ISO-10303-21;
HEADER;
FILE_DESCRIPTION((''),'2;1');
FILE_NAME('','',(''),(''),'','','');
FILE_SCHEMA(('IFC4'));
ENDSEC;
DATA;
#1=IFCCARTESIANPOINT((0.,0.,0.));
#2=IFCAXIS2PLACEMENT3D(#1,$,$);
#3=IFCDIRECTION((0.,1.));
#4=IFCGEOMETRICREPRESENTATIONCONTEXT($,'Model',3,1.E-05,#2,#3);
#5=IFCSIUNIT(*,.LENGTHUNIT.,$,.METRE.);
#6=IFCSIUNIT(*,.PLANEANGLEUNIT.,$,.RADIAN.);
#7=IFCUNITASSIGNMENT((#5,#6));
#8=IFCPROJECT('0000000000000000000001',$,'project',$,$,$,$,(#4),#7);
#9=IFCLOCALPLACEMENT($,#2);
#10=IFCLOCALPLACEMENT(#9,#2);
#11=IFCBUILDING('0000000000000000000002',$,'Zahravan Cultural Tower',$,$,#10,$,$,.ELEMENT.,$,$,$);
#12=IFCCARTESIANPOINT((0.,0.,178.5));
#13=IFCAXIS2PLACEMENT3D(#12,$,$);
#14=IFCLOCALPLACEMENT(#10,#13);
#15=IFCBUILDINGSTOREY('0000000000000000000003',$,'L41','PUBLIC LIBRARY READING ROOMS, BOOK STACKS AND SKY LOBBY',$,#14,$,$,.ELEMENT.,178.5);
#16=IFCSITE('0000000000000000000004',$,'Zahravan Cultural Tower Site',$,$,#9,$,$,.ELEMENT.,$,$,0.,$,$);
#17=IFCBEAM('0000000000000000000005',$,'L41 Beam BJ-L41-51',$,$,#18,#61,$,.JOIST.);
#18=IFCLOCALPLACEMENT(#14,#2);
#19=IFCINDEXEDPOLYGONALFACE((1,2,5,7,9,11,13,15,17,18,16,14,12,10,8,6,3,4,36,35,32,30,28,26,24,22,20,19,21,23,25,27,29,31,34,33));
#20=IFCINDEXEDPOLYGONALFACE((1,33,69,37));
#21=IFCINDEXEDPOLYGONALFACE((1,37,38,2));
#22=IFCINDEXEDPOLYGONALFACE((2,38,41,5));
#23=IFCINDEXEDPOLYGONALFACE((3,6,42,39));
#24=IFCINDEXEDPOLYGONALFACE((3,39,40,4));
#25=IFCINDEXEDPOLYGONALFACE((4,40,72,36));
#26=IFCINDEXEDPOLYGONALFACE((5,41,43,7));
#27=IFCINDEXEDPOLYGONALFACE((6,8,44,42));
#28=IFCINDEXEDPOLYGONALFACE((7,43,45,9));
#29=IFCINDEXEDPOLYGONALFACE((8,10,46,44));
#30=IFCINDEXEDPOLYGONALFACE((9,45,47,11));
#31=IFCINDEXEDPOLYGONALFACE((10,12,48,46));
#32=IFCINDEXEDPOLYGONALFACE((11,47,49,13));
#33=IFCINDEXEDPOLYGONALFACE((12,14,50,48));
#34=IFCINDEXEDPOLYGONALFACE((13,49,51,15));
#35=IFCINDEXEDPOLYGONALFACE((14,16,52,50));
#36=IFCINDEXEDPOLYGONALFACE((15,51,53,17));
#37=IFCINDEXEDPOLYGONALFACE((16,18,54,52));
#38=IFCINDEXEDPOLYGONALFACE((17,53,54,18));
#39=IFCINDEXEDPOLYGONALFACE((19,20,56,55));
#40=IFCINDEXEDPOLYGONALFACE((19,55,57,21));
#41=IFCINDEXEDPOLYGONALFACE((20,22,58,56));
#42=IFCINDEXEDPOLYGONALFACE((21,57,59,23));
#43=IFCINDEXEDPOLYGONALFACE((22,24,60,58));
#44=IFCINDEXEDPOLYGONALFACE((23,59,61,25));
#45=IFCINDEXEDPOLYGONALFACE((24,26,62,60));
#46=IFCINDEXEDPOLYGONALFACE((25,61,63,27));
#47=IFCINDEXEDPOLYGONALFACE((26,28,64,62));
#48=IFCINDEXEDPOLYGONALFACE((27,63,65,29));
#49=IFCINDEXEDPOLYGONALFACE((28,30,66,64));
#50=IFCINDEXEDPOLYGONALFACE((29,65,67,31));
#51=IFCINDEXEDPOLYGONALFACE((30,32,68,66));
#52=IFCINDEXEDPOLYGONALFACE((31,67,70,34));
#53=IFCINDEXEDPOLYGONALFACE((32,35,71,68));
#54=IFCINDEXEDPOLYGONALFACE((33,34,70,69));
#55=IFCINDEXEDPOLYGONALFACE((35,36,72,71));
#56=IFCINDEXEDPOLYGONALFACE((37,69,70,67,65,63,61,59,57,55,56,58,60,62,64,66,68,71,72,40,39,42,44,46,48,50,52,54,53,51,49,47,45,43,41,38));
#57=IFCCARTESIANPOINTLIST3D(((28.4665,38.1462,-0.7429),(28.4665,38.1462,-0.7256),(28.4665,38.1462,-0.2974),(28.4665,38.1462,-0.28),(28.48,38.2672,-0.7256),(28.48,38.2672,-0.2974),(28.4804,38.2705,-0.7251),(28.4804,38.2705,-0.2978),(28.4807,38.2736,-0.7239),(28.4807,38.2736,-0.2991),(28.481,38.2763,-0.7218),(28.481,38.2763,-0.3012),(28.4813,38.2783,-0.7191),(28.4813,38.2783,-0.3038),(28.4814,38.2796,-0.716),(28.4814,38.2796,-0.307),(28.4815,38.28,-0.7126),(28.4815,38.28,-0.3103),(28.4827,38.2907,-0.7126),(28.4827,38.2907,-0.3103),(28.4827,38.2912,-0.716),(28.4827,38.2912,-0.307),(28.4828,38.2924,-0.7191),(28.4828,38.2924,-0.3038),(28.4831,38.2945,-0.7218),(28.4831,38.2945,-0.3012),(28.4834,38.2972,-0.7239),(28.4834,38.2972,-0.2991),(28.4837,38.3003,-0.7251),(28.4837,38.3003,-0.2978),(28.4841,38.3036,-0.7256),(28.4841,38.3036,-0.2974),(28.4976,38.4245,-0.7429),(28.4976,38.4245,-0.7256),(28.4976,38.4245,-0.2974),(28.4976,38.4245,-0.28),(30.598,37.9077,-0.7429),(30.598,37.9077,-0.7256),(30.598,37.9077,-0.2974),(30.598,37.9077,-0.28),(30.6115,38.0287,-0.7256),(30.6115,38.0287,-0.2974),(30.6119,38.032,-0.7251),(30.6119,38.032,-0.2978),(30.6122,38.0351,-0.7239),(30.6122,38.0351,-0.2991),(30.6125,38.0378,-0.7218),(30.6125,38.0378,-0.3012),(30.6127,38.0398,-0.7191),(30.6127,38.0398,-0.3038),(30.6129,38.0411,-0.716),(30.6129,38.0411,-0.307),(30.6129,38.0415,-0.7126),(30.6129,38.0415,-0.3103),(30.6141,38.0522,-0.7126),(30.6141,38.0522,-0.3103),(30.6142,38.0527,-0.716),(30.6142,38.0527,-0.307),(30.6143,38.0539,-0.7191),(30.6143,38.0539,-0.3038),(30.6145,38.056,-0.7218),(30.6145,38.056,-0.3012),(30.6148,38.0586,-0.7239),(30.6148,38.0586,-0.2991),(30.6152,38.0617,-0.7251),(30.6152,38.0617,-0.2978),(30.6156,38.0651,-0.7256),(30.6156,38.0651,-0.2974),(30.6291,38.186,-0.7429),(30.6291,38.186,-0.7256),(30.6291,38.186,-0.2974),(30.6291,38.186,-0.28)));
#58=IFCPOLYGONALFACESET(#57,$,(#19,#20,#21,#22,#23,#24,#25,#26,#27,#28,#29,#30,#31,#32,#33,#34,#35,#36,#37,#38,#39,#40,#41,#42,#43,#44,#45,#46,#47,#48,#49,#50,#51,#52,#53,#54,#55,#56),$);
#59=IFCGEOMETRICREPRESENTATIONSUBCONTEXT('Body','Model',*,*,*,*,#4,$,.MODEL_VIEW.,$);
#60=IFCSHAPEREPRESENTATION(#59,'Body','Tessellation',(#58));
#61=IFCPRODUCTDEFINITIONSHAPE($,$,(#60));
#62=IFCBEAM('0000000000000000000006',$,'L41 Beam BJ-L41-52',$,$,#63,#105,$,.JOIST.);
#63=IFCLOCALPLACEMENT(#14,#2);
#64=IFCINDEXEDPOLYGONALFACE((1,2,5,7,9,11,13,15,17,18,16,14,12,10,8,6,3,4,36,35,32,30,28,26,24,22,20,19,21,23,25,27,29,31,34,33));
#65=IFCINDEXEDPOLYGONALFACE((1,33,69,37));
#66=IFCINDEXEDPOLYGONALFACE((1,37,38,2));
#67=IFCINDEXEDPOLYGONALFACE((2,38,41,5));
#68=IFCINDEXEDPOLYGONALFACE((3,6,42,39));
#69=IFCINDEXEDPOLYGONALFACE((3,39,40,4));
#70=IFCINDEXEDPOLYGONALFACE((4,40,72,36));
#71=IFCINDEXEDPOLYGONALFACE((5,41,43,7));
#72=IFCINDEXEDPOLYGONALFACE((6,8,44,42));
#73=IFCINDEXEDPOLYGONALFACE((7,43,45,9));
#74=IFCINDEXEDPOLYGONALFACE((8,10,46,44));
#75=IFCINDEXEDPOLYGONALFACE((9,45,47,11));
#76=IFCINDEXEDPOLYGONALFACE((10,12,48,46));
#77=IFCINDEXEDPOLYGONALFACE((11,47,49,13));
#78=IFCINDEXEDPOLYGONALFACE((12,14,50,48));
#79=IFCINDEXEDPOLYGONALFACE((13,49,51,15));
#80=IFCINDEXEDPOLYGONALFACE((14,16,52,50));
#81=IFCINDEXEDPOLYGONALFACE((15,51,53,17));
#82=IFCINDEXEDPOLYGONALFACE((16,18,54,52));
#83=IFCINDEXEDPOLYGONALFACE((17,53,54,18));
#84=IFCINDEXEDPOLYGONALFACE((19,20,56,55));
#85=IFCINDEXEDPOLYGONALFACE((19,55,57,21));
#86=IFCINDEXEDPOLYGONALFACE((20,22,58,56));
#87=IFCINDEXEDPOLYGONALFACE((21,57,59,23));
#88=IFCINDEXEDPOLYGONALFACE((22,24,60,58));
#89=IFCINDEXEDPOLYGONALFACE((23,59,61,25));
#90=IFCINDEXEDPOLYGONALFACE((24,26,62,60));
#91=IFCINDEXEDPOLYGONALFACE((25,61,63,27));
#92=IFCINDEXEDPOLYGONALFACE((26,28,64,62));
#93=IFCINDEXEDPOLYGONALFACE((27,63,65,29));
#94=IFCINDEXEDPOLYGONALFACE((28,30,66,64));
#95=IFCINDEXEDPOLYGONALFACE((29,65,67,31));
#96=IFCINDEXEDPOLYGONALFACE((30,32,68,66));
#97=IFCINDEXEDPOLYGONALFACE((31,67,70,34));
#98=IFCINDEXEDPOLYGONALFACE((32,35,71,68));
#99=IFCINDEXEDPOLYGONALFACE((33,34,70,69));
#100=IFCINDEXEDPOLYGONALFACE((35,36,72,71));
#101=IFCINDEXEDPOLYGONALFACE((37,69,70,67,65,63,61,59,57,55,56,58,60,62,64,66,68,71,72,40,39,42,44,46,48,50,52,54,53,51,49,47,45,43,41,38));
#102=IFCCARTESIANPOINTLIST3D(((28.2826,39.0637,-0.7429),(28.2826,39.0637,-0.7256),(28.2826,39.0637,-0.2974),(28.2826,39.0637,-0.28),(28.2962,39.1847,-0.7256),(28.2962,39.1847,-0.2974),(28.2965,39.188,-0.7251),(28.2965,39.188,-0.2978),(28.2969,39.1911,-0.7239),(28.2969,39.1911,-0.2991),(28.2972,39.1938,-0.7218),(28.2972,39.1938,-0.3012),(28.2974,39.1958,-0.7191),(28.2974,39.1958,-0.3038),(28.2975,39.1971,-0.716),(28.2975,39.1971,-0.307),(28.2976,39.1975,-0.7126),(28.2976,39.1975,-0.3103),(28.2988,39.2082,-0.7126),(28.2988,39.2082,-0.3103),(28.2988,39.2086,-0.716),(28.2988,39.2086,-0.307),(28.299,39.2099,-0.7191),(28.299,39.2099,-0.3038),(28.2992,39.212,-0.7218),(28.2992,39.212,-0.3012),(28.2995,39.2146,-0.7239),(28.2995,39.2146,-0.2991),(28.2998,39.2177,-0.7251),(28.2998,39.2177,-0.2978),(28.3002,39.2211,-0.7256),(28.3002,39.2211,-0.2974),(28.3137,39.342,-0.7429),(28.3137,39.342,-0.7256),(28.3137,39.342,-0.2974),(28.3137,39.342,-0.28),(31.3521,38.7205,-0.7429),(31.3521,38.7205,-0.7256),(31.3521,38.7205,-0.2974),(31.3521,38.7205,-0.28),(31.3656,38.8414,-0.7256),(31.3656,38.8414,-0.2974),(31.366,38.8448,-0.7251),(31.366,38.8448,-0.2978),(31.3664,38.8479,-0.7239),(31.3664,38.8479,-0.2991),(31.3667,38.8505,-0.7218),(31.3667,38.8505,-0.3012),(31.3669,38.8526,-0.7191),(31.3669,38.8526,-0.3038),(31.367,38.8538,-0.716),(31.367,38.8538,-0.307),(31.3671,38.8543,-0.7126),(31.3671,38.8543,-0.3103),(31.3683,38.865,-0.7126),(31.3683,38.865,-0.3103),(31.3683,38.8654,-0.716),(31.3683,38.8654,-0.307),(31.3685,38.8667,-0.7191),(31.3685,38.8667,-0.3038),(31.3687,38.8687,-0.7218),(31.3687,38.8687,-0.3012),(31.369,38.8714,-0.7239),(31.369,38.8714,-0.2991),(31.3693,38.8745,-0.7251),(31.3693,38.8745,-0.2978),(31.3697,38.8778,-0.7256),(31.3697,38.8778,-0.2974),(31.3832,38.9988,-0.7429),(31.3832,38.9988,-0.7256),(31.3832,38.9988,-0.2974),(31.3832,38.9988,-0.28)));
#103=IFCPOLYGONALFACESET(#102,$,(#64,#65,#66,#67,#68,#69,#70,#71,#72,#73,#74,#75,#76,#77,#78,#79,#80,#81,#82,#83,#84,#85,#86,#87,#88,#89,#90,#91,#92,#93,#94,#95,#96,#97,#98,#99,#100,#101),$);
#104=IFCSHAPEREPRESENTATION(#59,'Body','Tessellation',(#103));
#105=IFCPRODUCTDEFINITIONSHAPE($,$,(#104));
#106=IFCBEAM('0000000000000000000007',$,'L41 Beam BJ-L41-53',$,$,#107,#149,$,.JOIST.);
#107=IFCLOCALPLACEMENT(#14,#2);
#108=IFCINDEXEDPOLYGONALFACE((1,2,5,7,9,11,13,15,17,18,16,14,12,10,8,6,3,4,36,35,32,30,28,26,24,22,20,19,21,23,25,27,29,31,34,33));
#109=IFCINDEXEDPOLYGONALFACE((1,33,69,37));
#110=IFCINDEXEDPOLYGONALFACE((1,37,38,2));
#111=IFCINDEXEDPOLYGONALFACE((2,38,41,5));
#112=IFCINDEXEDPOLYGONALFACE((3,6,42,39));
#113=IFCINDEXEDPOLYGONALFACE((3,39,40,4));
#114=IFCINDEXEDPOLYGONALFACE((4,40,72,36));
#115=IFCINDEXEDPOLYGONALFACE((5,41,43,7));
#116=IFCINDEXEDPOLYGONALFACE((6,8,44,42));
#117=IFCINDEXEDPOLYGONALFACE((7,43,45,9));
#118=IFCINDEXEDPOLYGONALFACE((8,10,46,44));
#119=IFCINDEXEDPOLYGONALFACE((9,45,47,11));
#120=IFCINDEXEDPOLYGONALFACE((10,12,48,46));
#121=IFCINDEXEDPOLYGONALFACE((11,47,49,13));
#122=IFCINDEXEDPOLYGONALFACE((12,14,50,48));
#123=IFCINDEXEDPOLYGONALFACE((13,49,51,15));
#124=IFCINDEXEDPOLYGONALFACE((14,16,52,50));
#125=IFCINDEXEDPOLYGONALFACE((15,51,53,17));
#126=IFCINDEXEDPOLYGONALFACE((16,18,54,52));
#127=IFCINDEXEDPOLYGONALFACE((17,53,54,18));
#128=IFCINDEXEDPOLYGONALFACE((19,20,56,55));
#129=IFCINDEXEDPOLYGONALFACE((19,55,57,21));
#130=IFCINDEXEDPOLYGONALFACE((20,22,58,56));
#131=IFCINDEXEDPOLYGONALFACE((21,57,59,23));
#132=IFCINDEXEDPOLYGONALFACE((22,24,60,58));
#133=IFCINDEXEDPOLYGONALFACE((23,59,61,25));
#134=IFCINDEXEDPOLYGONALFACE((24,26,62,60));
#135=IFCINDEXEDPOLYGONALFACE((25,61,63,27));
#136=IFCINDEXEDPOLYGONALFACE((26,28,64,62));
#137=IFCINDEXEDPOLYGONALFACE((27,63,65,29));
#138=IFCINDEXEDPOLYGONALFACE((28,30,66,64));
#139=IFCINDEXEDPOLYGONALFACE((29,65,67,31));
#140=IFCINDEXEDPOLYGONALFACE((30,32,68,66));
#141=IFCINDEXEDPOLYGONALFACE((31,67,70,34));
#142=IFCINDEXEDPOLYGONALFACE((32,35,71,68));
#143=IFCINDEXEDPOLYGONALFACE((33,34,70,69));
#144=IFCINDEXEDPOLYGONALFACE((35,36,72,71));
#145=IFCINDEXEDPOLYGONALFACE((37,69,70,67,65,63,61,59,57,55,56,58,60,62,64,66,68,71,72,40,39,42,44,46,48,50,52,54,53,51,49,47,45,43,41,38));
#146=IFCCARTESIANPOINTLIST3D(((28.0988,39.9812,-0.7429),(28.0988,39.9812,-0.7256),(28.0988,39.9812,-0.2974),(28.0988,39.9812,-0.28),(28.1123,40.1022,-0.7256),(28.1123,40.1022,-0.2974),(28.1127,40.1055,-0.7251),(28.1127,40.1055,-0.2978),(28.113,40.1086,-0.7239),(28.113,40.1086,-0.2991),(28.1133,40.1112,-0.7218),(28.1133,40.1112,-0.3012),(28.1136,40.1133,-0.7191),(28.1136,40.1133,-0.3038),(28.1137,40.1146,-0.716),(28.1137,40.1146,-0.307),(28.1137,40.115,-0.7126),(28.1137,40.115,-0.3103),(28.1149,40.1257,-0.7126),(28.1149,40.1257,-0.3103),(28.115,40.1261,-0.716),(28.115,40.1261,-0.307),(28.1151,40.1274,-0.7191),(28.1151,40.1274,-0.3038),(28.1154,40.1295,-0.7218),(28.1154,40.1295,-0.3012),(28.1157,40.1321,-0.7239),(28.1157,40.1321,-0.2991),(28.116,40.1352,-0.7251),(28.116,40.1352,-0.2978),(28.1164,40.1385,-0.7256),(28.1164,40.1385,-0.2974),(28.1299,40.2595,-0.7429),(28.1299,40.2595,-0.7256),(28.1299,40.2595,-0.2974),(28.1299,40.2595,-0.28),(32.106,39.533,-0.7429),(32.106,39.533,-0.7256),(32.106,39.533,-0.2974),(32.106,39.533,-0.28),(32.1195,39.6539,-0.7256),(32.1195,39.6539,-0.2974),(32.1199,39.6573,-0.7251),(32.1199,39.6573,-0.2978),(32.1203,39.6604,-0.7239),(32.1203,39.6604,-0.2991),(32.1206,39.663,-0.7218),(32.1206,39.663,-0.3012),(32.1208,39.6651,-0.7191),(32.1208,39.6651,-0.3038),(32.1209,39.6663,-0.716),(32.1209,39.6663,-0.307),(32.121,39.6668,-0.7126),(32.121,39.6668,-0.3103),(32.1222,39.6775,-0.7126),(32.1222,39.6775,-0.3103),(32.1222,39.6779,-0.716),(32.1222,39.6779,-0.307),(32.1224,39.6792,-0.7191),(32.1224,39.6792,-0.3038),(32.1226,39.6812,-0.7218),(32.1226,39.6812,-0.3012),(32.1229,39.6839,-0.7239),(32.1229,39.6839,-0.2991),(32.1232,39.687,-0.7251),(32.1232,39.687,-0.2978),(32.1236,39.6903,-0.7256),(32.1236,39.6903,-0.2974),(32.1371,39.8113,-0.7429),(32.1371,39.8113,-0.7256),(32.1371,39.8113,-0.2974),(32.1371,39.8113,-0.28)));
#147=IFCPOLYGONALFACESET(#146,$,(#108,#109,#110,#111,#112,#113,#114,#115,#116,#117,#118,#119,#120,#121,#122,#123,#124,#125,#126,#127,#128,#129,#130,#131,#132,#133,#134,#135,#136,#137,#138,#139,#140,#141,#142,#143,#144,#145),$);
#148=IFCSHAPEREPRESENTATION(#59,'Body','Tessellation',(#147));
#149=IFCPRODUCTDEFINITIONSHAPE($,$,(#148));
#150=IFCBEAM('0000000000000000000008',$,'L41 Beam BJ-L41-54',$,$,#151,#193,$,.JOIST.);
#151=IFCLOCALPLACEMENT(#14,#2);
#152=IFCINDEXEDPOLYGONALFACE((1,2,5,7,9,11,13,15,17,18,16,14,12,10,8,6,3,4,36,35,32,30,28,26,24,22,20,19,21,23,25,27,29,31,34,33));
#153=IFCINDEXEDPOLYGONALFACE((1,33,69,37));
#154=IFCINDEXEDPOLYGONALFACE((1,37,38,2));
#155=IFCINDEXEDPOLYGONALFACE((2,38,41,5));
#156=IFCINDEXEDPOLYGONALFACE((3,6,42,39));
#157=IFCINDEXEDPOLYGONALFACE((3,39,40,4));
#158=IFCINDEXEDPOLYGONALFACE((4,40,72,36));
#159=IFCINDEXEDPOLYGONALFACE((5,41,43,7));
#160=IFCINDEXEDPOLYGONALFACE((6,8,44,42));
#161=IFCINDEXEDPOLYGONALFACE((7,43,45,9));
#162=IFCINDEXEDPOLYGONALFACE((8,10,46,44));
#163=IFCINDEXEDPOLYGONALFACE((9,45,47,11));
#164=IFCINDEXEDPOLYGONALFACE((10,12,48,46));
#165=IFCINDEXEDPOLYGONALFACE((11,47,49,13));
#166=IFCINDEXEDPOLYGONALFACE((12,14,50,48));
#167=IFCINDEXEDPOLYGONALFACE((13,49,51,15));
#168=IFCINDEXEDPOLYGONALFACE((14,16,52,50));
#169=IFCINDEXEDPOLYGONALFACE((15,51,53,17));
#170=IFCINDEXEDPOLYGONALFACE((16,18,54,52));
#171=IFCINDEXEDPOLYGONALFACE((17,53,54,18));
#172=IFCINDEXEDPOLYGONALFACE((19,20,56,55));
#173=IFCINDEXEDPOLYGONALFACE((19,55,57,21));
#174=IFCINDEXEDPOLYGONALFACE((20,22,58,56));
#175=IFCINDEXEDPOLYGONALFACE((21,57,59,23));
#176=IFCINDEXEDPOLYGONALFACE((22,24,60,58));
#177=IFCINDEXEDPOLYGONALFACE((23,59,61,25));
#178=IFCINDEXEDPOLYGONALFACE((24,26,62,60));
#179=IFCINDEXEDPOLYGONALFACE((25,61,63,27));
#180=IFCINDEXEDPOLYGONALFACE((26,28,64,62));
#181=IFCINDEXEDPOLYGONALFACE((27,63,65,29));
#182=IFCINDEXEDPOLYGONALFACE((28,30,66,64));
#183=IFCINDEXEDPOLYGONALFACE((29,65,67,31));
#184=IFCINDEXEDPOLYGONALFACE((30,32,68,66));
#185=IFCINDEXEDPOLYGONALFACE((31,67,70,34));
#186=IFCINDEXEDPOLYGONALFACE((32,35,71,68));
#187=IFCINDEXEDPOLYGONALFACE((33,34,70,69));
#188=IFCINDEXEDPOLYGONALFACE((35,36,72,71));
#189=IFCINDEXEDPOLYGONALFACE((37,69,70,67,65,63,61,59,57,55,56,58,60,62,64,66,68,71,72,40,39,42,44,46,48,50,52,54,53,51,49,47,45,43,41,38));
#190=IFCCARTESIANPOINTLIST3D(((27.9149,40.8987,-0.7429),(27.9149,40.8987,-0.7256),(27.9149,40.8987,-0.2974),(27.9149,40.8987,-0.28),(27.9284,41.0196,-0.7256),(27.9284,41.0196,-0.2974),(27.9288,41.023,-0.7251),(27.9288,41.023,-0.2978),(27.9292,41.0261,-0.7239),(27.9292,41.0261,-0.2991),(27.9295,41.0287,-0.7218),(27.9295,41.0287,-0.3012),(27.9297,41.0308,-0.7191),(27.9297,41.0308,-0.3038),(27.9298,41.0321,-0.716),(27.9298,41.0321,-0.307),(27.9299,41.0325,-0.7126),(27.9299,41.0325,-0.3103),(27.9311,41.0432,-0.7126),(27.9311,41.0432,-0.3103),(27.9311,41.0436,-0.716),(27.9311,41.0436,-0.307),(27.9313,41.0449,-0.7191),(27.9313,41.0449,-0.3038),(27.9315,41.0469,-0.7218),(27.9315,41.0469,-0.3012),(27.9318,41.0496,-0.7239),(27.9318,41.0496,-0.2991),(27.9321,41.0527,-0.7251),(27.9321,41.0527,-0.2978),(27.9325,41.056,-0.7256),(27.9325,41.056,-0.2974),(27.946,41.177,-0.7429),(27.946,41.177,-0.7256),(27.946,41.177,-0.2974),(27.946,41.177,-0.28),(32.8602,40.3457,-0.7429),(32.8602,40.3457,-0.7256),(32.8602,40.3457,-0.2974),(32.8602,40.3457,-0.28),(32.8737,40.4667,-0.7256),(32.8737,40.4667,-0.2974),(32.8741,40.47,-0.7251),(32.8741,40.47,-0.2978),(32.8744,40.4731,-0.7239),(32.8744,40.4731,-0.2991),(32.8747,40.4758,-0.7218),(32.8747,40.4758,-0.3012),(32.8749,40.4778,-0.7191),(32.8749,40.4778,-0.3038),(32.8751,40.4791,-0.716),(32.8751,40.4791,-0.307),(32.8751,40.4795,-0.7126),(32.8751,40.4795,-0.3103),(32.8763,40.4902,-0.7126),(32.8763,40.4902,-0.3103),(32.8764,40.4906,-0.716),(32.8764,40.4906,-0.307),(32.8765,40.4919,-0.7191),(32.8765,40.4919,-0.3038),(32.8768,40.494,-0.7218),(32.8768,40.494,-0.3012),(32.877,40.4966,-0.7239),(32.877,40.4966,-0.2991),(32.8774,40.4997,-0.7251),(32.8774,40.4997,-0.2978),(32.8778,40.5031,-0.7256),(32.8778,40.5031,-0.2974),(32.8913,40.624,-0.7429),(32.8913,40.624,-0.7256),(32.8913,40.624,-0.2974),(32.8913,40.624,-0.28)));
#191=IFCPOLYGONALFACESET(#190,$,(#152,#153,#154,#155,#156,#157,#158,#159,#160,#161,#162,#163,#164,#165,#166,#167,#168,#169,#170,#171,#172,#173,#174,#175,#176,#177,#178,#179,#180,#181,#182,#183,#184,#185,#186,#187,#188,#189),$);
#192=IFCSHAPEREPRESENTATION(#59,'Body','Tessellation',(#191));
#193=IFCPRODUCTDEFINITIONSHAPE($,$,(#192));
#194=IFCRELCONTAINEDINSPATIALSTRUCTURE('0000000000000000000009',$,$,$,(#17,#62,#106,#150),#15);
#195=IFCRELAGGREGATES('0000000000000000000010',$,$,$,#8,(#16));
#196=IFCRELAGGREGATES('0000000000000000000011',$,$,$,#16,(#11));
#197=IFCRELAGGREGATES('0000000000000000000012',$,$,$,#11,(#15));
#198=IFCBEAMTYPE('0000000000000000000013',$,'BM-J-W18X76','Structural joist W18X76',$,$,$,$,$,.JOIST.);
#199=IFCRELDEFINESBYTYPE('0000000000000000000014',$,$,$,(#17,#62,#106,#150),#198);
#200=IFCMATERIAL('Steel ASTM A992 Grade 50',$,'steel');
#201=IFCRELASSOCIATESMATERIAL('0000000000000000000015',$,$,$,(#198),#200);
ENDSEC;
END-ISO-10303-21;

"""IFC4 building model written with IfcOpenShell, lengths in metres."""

from ifc_helpers import new_model, si_unit, direction, frame, origin, origin_2d, place, context, subcontext, project, spatial, i_section, extrude, source, transform, mapped, material, material_profile, profile_set, type_object, element, save


model = new_model("IFC4")

# Units and contexts
model_context = context("Model", 3, precision=1e-05, world=origin(), true_north=direction((0.0, 1.0)))
body_context = subcontext(model_context, "Body", "Model", "MODEL_VIEW")
ifc_project = project(units=[si_unit("LENGTHUNIT", "METRE"), si_unit("PLANEANGLEUNIT", "RADIAN")], contexts=[model_context])

# Site, building, storey
site_placement = place(None, origin())
site = spatial("IfcSite", under=ifc_project, at=site_placement, Name="Zahravan Cultural Tower Site", CompositionType="ELEMENT", RefElevation=0.0)
building_placement = place(site_placement, origin())
building = spatial("IfcBuilding", under=site, at=building_placement, Name="Zahravan Cultural Tower", CompositionType="ELEMENT")
storey_placement = place(building_placement, frame((0.0, 0.0, 178.5)))
storey = spatial("IfcBuildingStorey", under=building, at=storey_placement, Name="L41", Description="PUBLIC LIBRARY READING ROOMS, BOOK STACKS AND SKY LOBBY", CompositionType="ELEMENT", Elevation=178.5)

# Shared definitions
ifc_material_1 = material(Name="Steel ASTM A992 Grade 50", Category="steel")

# Beams
ifc_material_profile_1 = material_profile(ifc_material_1, i_section(OverallWidth=0.28, OverallDepth=0.4629, WebThickness=0.0107, FlangeThickness=0.0173, FilletRadius=0.0129, at=origin_2d()), Name="W18X76")
ifc_profile_set_1 = profile_set([ifc_material_profile_1], Name="Steel ASTM A992 Grade 50")
beam_type_1 = type_object("IfcBeamType", Name="BM-J-W18X76", Description="Structural joist W18X76", PredefinedType="JOIST", material=ifc_profile_set_1)
shared_shape_1 = source(origin(), body_context, "Body", "SweptSolid", [
    extrude(i_section(OverallWidth=0.28, OverallDepth=0.4629, WebThickness=0.0107, FlangeThickness=0.0173, FilletRadius=0.0129, at=origin_2d()), origin(), (0.0, 0.0, 1.0), 2.1448),
])
beam_1_placement = place(storey_placement, frame((30.6135, 38.0469, -0.5115), z_axis=(-0.993797, 0.111206, 0.0), x_axis=(-0.111206, -0.993797, 0.0)))
element("IfcBeam", 1, at=beam_1_placement, inside=storey, type_object=beam_type_1, Name="L41 Beam BJ-L41-51", PredefinedType="JOIST", context=body_context, shape_type="MappedRepresentation", body=[
    mapped(shared_shape_1, transform((0.0, 0.0, 0.0), x_axis=(1.0, 0.0, 0.0), y_axis=(0.0, 1.0, 0.0), z_axis=(0.0, 0.0, 1.0), scale=1.0)),
])
shared_shape_2 = source(origin(), body_context, "Body", "SweptSolid", [
    extrude(i_section(OverallWidth=0.28, OverallDepth=0.4629, WebThickness=0.0107, FlangeThickness=0.0173, FilletRadius=0.0129, at=origin_2d()), origin(), (0.0, 0.0, 1.0), 3.0886),
])
beam_2_placement = place(storey_placement, frame((31.3677, 38.8596, -0.5115), z_axis=(-0.993805, 0.111134, 0.0), x_axis=(-0.111134, -0.993805, 0.0)))
element("IfcBeam", 2, at=beam_2_placement, inside=storey, type_object=beam_type_1, Name="L41 Beam BJ-L41-52", PredefinedType="JOIST", context=body_context, shape_type="MappedRepresentation", body=[
    mapped(shared_shape_2, transform((0.0, 0.0, 0.0), x_axis=(1.0, 0.0, 0.0), y_axis=(0.0, 1.0, 0.0), z_axis=(0.0, 0.0, 1.0), scale=1.0)),
])
shared_shape_3 = source(origin(), body_context, "Body", "SweptSolid", [
    extrude(i_section(OverallWidth=0.28, OverallDepth=0.4629, WebThickness=0.0107, FlangeThickness=0.0173, FilletRadius=0.0129, at=origin_2d()), origin(), (0.0, 0.0, 1.0), 4.0322),
])
beam_3_placement = place(storey_placement, frame((32.1216, 39.6721, -0.5115), z_axis=(-0.993802, 0.111162, 0.0), x_axis=(-0.111162, -0.993802, 0.0)))
element("IfcBeam", 3, at=beam_3_placement, inside=storey, type_object=beam_type_1, Name="L41 Beam BJ-L41-53", PredefinedType="JOIST", context=body_context, shape_type="MappedRepresentation", body=[
    mapped(shared_shape_3, transform((0.0, 0.0, 0.0), x_axis=(1.0, 0.0, 0.0), y_axis=(0.0, 1.0, 0.0), z_axis=(0.0, 0.0, 1.0), scale=1.0)),
])
shared_shape_4 = source(origin(), body_context, "Body", "SweptSolid", [
    extrude(i_section(OverallWidth=0.28, OverallDepth=0.4629, WebThickness=0.0107, FlangeThickness=0.0173, FilletRadius=0.0129, at=origin_2d()), origin(), (0.0, 0.0, 1.0), 4.9761),
])
beam_4_placement = place(storey_placement, frame((32.8757, 40.4849, -0.5115), z_axis=(-0.993806, 0.111126, 0.0), x_axis=(-0.111126, -0.993806, 0.0)))
element("IfcBeam", 4, at=beam_4_placement, inside=storey, type_object=beam_type_1, Name="L41 Beam BJ-L41-54", PredefinedType="JOIST", context=body_context, shape_type="MappedRepresentation", body=[
    mapped(shared_shape_4, transform((0.0, 0.0, 0.0), x_axis=(1.0, 0.0, 0.0), y_axis=(0.0, 1.0, 0.0), z_axis=(0.0, 0.0, 1.0), scale=1.0)),
])

save(model, "model.ifc")
